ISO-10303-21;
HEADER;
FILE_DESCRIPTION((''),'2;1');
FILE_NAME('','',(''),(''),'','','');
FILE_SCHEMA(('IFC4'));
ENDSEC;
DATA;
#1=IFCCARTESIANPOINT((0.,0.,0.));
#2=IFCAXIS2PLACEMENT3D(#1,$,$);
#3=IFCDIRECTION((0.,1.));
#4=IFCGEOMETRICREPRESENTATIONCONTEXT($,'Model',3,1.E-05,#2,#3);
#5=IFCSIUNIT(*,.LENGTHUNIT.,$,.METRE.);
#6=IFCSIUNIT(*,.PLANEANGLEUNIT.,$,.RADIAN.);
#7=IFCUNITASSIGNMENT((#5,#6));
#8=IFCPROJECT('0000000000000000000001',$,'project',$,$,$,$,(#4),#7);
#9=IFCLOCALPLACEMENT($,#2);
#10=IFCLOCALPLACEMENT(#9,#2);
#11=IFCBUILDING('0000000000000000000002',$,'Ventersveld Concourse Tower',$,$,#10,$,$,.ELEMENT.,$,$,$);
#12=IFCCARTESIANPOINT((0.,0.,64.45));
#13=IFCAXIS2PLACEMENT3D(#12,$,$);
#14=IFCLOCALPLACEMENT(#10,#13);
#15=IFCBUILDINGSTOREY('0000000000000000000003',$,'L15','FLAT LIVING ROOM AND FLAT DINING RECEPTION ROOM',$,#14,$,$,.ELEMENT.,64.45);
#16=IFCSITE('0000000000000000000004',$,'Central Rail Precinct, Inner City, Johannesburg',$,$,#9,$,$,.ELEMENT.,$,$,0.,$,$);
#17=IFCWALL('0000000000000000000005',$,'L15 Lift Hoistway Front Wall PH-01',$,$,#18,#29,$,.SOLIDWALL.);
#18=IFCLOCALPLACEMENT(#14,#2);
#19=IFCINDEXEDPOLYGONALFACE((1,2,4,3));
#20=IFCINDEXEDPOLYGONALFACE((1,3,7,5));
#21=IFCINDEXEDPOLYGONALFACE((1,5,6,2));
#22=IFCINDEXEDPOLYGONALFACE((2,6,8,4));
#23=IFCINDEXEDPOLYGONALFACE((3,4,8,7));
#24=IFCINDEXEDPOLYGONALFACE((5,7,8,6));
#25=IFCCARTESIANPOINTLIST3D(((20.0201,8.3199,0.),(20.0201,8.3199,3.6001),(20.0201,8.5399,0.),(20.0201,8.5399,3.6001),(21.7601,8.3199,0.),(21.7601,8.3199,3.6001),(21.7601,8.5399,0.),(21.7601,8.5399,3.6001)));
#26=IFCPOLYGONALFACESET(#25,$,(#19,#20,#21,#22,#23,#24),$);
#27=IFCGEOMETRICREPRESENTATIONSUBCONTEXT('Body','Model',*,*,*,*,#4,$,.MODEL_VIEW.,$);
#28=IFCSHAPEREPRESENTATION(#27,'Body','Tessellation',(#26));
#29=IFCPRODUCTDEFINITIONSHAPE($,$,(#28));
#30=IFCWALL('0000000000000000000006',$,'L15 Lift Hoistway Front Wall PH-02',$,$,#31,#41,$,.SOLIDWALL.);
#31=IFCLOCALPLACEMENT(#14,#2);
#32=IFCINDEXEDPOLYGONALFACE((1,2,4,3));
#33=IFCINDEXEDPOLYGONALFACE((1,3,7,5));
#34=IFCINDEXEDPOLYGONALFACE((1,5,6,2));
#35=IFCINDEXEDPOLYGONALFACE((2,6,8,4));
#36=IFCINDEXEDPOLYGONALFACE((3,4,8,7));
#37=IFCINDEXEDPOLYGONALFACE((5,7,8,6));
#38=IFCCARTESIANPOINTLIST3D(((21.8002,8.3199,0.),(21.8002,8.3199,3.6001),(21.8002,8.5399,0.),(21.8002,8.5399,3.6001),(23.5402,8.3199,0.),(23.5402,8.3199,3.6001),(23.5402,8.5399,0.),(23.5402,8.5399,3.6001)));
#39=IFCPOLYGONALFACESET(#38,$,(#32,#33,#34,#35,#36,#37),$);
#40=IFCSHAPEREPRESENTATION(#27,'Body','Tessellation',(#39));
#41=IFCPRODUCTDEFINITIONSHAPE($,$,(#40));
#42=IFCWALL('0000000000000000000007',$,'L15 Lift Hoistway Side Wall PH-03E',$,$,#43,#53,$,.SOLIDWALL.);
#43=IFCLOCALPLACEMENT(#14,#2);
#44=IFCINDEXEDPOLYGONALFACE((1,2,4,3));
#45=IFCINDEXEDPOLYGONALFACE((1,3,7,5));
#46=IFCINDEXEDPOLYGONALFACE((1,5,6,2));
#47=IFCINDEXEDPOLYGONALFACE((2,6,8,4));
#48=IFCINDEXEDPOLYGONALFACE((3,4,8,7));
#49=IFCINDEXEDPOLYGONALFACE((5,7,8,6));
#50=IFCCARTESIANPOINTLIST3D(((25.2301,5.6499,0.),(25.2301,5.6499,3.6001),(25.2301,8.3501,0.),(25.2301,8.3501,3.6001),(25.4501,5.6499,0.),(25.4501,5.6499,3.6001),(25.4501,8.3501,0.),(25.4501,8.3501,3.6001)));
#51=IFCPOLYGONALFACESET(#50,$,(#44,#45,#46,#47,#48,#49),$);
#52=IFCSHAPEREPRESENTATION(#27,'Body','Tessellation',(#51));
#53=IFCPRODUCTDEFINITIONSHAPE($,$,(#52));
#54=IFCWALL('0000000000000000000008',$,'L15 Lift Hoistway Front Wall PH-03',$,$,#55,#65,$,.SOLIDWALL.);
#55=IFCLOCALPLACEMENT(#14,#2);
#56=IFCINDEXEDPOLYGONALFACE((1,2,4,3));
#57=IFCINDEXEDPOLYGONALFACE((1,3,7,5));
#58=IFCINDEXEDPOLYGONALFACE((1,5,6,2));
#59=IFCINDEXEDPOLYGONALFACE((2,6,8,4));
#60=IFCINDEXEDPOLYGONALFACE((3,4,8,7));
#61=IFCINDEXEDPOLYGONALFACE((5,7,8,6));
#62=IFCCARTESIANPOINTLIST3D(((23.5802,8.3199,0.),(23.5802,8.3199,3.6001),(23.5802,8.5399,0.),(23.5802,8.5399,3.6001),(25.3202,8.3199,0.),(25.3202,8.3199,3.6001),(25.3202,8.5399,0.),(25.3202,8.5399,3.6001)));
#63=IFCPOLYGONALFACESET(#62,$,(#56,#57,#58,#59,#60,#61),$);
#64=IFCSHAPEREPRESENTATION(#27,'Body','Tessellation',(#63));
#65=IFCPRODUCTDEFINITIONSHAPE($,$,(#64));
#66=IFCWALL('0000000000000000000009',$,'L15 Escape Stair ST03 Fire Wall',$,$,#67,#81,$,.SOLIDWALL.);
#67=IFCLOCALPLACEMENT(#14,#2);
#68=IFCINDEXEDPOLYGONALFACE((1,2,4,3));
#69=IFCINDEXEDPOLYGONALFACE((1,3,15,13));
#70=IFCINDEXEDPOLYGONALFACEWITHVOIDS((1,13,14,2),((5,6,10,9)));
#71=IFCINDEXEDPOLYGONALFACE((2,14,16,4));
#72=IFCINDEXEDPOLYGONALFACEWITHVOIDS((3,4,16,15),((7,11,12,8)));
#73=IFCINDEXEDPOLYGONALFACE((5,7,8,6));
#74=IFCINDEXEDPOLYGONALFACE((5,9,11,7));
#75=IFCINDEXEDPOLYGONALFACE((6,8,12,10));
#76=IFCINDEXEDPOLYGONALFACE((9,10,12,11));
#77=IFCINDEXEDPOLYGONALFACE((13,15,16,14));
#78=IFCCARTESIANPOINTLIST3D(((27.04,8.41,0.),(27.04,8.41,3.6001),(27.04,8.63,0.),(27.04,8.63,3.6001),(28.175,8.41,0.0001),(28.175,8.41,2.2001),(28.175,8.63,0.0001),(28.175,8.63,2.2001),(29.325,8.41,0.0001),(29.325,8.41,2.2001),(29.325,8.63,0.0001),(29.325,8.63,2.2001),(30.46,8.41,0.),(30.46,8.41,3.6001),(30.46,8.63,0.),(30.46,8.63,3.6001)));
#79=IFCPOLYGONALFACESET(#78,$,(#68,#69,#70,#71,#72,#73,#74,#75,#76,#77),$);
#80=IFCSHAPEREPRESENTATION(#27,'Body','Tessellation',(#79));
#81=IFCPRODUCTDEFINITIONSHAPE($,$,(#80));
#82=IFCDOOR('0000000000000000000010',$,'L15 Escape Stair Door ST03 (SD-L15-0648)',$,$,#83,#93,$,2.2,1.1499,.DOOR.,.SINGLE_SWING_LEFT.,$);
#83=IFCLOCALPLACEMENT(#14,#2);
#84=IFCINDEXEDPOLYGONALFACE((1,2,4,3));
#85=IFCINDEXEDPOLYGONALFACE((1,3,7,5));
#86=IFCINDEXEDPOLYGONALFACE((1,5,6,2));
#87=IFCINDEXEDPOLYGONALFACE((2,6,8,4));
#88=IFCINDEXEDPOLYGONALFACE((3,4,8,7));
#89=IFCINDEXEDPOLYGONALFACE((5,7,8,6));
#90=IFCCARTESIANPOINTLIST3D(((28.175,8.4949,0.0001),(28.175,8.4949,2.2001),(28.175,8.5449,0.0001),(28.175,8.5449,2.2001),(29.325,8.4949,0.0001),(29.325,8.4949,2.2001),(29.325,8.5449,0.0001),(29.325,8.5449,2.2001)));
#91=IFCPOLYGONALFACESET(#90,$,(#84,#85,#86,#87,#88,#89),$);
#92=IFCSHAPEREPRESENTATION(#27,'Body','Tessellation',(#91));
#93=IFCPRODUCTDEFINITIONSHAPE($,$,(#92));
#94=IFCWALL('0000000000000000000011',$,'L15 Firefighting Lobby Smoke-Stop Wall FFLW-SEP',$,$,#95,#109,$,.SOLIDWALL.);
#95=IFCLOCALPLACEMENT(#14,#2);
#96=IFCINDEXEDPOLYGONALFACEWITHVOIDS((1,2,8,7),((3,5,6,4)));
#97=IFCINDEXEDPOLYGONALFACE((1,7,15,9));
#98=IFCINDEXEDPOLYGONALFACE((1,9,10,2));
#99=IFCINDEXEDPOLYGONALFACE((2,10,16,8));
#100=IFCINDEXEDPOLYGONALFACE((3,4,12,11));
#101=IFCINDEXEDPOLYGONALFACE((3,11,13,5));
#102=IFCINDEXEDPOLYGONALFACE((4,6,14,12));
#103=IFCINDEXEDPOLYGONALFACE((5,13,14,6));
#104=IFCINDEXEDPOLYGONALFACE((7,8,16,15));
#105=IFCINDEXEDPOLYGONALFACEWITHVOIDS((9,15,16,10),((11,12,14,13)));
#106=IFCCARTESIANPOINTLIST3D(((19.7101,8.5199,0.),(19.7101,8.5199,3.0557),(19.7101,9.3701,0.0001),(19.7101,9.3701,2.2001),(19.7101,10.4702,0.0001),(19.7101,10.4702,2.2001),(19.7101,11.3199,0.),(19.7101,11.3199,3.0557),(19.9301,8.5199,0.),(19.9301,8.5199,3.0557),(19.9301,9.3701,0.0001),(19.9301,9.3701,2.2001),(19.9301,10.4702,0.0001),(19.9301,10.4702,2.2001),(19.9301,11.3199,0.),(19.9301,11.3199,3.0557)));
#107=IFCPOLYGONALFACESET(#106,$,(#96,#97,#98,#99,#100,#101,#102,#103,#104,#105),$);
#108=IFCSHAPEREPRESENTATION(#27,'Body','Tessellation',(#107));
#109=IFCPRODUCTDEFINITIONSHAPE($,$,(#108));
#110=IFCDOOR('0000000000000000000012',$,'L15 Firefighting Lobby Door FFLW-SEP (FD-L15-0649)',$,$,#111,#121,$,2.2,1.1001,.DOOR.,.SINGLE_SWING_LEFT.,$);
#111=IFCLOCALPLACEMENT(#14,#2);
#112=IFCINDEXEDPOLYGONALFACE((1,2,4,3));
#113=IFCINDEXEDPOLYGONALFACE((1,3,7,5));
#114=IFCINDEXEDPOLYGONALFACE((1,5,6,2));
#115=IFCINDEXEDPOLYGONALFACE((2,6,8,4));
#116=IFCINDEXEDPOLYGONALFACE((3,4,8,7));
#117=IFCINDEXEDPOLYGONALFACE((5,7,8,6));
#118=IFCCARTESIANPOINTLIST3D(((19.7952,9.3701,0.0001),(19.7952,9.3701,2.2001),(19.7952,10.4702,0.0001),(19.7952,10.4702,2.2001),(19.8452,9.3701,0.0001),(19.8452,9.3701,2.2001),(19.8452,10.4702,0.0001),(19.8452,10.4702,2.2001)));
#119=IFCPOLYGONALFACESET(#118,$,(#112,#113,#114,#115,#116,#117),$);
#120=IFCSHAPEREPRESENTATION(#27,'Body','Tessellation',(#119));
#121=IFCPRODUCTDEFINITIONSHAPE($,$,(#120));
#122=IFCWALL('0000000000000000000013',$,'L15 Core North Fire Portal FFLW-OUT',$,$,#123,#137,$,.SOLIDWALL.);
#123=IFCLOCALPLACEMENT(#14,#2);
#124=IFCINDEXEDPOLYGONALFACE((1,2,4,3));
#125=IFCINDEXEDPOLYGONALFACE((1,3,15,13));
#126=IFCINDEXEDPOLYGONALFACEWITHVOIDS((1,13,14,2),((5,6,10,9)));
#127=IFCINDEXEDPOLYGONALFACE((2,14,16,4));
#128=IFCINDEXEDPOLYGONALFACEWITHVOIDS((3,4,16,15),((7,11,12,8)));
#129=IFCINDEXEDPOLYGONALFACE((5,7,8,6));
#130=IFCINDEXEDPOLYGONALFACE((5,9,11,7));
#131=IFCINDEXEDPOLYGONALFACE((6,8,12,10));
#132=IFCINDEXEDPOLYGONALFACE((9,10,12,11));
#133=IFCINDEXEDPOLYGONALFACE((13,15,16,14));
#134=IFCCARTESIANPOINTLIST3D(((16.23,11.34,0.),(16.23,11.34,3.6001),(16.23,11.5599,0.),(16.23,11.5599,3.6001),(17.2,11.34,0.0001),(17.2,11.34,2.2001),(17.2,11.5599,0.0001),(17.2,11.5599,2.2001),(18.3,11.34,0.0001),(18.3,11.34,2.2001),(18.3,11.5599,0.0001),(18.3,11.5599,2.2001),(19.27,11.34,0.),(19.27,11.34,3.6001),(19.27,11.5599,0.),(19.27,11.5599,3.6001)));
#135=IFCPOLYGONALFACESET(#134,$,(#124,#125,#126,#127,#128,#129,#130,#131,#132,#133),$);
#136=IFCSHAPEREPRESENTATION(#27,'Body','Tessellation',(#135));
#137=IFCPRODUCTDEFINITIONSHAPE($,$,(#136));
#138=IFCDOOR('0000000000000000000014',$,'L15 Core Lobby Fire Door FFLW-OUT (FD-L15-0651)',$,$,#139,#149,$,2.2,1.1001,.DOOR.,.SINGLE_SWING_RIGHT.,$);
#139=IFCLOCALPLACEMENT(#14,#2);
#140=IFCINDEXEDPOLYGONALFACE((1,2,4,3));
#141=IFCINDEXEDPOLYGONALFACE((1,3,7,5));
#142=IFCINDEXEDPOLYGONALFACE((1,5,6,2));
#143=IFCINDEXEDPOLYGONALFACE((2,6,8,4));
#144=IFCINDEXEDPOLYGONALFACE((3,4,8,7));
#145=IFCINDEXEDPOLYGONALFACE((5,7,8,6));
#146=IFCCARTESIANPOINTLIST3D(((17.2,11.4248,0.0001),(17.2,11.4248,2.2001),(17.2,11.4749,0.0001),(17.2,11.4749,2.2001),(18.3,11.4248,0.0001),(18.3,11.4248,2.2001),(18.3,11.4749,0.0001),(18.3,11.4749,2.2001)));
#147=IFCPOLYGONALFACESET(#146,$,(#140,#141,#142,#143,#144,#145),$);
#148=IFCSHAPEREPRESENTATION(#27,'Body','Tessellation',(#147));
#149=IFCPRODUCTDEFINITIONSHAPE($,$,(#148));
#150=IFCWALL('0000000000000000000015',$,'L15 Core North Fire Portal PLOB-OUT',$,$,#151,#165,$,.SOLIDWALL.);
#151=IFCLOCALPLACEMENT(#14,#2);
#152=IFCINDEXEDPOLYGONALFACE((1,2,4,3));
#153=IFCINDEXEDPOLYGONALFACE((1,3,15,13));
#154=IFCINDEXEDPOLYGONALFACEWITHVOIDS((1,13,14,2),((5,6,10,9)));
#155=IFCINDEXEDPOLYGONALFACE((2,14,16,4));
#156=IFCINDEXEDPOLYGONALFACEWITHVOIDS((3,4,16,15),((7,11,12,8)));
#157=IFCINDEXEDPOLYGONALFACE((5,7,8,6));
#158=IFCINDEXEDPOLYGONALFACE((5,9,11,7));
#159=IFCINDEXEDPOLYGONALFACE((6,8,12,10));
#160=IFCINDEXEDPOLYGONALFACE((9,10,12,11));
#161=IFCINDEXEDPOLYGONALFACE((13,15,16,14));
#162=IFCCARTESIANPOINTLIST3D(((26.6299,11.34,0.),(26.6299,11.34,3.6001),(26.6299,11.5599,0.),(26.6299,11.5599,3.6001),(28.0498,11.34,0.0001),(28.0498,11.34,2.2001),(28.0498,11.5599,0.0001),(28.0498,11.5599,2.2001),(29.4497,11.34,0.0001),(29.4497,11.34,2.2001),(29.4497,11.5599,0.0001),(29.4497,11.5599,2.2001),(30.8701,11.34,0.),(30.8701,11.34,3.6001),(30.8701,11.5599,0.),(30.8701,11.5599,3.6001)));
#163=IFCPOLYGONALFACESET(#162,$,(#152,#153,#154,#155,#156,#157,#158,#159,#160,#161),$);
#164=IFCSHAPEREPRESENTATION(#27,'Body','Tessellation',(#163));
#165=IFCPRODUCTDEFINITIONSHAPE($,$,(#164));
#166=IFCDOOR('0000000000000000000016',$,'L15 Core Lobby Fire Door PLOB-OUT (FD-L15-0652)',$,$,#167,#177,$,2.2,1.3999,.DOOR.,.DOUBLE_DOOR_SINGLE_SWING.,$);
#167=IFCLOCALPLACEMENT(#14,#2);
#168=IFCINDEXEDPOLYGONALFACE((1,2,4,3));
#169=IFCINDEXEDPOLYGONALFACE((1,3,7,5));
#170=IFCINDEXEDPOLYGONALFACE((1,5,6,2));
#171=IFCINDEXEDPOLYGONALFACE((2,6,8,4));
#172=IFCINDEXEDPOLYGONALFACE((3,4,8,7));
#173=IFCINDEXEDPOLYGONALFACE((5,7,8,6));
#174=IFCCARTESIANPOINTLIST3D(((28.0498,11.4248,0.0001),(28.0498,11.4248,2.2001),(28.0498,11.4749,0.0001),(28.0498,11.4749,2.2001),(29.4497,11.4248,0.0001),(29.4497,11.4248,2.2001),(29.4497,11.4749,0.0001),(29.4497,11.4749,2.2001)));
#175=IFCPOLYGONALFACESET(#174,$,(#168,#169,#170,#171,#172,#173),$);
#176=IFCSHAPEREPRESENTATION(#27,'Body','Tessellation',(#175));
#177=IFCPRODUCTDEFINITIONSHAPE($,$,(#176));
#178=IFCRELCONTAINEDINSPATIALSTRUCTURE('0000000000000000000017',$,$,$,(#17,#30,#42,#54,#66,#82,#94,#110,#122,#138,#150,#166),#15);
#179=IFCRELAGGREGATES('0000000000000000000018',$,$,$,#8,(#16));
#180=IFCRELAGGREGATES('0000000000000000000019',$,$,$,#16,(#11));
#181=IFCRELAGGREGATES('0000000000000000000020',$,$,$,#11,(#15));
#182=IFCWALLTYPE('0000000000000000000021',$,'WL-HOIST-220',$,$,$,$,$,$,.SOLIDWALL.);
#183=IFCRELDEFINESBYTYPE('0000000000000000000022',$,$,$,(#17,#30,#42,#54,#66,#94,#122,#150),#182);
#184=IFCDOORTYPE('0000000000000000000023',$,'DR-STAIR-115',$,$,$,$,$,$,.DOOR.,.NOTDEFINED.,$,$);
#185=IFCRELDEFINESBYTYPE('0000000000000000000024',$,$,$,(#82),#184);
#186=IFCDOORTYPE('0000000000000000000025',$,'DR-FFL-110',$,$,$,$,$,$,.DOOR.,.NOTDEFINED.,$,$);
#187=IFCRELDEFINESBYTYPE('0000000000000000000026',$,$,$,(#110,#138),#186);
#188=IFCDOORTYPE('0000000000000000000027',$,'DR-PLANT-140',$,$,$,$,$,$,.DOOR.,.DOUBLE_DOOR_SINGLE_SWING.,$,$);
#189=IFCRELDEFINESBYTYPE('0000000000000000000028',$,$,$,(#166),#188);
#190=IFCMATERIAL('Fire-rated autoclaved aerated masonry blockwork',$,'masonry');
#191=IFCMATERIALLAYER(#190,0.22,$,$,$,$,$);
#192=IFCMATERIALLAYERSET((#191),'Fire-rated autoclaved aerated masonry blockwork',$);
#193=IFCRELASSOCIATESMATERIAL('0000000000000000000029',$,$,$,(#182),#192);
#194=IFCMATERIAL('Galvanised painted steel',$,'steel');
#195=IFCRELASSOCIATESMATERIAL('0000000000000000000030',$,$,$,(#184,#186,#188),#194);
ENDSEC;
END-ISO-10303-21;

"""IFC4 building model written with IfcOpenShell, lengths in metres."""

from ifc_helpers import new_model, si_unit, direction, frame, frame_2d, origin, place, context, subcontext, project, spatial, rectangle, extrude, material, layer, layer_set, type_object, element, fill, save


model = new_model("IFC4")

# Units and contexts
model_context = context("Model", 3, precision=1e-05, world=origin(), true_north=direction((0.0, 1.0)))
body_context = subcontext(model_context, "Body", "Model", "MODEL_VIEW")
ifc_project = project(units=[si_unit("LENGTHUNIT", "METRE"), si_unit("PLANEANGLEUNIT", "RADIAN")], contexts=[model_context])

# Site, building, storey
site_placement = place(None, origin())
site = spatial("IfcSite", under=ifc_project, at=site_placement, Name="Central Rail Precinct, Inner City, Johannesburg", CompositionType="ELEMENT", RefElevation=0.0)
building_placement = place(site_placement, origin())
building = spatial("IfcBuilding", under=site, at=building_placement, Name="Ventersveld Concourse Tower", CompositionType="ELEMENT")
storey_placement = place(building_placement, frame((0.0, 0.0, 64.45)))
storey = spatial("IfcBuildingStorey", under=building, at=storey_placement, Name="L15", Description="FLAT LIVING ROOM AND FLAT DINING RECEPTION ROOM", CompositionType="ELEMENT", Elevation=64.45)

# Shared definitions
ifc_material_1 = material(Name="Fire-rated autoclaved aerated masonry blockwork", Category="masonry")

# Shared definitions
ifc_layer_1 = layer(ifc_material_1, 0.22)
ifc_layer_set_1 = layer_set([ifc_layer_1], Name="Fire-rated autoclaved aerated masonry blockwork")
wall_type_1 = type_object("IfcWallType", Name="WL-HOIST-220", PredefinedType="SOLIDWALL", material=ifc_layer_set_1)

# Walls
for number, where, z_axis, x_axis, name in (
    (1, (20.02, 8.4299, 0.0), (0.0, 0.0, 1.0), (1.0, 0.0, 0.0), "L15 Lift Hoistway Front Wall PH-01"),
    (2, (21.8, 8.4299, 0.0), (0.0, 0.0, 1.0), (1.0, 0.0, 0.0), "L15 Lift Hoistway Front Wall PH-02"),
):
    element("IfcWall", number, at=place(storey_placement, frame(where, z_axis=z_axis, x_axis=x_axis)), inside=storey, type_object=wall_type_1, Name=name, PredefinedType="SOLIDWALL", context=body_context, shape_type="SweptSolid", body=[
        extrude(rectangle(XDim=1.74, YDim=0.22, at=frame_2d((0.8701, 0.0))), origin(), (0.0, 0.0, 1.0), 3.6001),
    ])
wall_1_placement = place(storey_placement, frame((25.3401, 5.6499, 0.0), z_axis=(0.0, 0.0, 1.0), x_axis=(0.0, 1.0, 0.0)))
element("IfcWall", 3, at=wall_1_placement, inside=storey, type_object=wall_type_1, Name="L15 Lift Hoistway Side Wall PH-03E", PredefinedType="SOLIDWALL", context=body_context, shape_type="SweptSolid", body=[
    extrude(rectangle(XDim=2.7002, YDim=0.22, at=frame_2d((1.3501, 0.0))), origin(), (0.0, 0.0, 1.0), 3.6001),
])
wall_2_placement = place(storey_placement, frame((23.5801, 8.4299, 0.0), z_axis=(0.0, 0.0, 1.0), x_axis=(1.0, 0.0, 0.0)))
element("IfcWall", 4, at=wall_2_placement, inside=storey, type_object=wall_type_1, Name="L15 Lift Hoistway Front Wall PH-03", PredefinedType="SOLIDWALL", context=body_context, shape_type="SweptSolid", body=[
    extrude(rectangle(XDim=1.74, YDim=0.22, at=frame_2d((0.8701, 0.0))), origin(), (0.0, 0.0, 1.0), 3.6001),
])

# Walls, openings, doors
wall_3_placement = place(storey_placement, frame((27.04, 8.52, 0.0), z_axis=(0.0, 0.0, 1.0), x_axis=(1.0, 0.0, 0.0)))
wall_3 = element("IfcWall", 5, at=wall_3_placement, inside=storey, type_object=wall_type_1, Name="L15 Escape Stair ST03 Fire Wall", PredefinedType="SOLIDWALL", context=body_context, shape_type="SweptSolid", body=[
    extrude(rectangle(XDim=3.4199, YDim=0.22, at=frame_2d((1.71, 0.0))), origin(), (0.0, 0.0, 1.0), 3.6001),
])
opening_1_placement = place(wall_3_placement, frame((1.135, 0.0, 0.0)))
opening_1 = element("IfcOpeningElement", 6, at=opening_1_placement, cuts=wall_3, PredefinedType="OPENING", context=body_context, shape_type="SweptSolid", body=[
    extrude(rectangle(XDim=1.1499, YDim=2.2, at=frame_2d((0.575, 1.1001))), frame((0.0, 0.1201, 0.0), z_axis=(0.0, -1.0, 0.0), x_axis=(1.0, 0.0, 0.0)), (0.0, 0.0, 1.0), 0.24),
])
ifc_material_2 = material(Name="Galvanised painted steel", Category="steel")
door_type_1 = type_object("IfcDoorType", Name="DR-STAIR-115", OperationType="NOTDEFINED", PredefinedType="DOOR", material=ifc_material_2)
door_1_placement = place(opening_1_placement, origin())
door_1 = element("IfcDoor", 7, at=door_1_placement, inside=storey, type_object=door_type_1, Name="L15 Escape Stair Door ST03 (SD-L15-0648)", OperationType="SINGLE_SWING_LEFT", OverallHeight=2.2, OverallWidth=1.1499, PredefinedType="DOOR", context=body_context, shape_type="SweptSolid", body=[
    extrude(rectangle(XDim=1.1499, YDim=2.2, at=frame_2d((0.575, 1.1001))), frame((0.0, 0.0249, 0.0), z_axis=(0.0, -1.0, 0.0), x_axis=(1.0, 0.0, 0.0)), (0.0, 0.0, 1.0), 0.05),
])
fill(opening_1, door_1)
wall_4_placement = place(storey_placement, frame((19.8201, 8.52, 0.0), z_axis=(0.0, 0.0, 1.0), x_axis=(0.0, 1.0, 0.0)))
wall_4 = element("IfcWall", 8, at=wall_4_placement, inside=storey, type_object=wall_type_1, Name="L15 Firefighting Lobby Smoke-Stop Wall FFLW-SEP", PredefinedType="SOLIDWALL", context=body_context, shape_type="SweptSolid", body=[
    extrude(rectangle(XDim=2.8, YDim=0.22, at=frame_2d((1.3999, 0.0))), origin(), (0.0, 0.0, 1.0), 3.0557),
])
opening_2_placement = place(wall_4_placement, frame((0.8501, 0.0, 0.0)))
opening_2 = element("IfcOpeningElement", 9, at=opening_2_placement, cuts=wall_4, PredefinedType="OPENING", context=body_context, shape_type="SweptSolid", body=[
    extrude(rectangle(XDim=1.1001, YDim=2.2, at=frame_2d((0.55, 1.1001))), frame((0.0, 0.1201, 0.0), z_axis=(0.0, -1.0, 0.0), x_axis=(1.0, 0.0, 0.0)), (0.0, 0.0, 1.0), 0.24),
])
door_type_2 = type_object("IfcDoorType", Name="DR-FFL-110", OperationType="NOTDEFINED", PredefinedType="DOOR", material=ifc_material_2)
door_2_placement = place(opening_2_placement, origin())
door_2 = element("IfcDoor", 10, at=door_2_placement, inside=storey, type_object=door_type_2, Name="L15 Firefighting Lobby Door FFLW-SEP (FD-L15-0649)", OperationType="SINGLE_SWING_LEFT", OverallHeight=2.2, OverallWidth=1.1001, PredefinedType="DOOR", context=body_context, shape_type="SweptSolid", body=[
    extrude(rectangle(XDim=1.1001, YDim=2.2, at=frame_2d((0.55, 1.1001))), frame((0.0, 0.0249, 0.0), z_axis=(0.0, -1.0, 0.0), x_axis=(1.0, 0.0, 0.0)), (0.0, 0.0, 1.0), 0.05),
])
fill(opening_2, door_2)
wall_5_placement = place(storey_placement, frame((16.23, 11.45, 0.0), z_axis=(0.0, 0.0, 1.0), x_axis=(1.0, 0.0, 0.0)))
wall_5 = element("IfcWall", 11, at=wall_5_placement, inside=storey, type_object=wall_type_1, Name="L15 Core North Fire Portal FFLW-OUT", PredefinedType="SOLIDWALL", context=body_context, shape_type="SweptSolid", body=[
    extrude(rectangle(XDim=3.04, YDim=0.22, at=frame_2d((1.52, 0.0))), origin(), (0.0, 0.0, 1.0), 3.6001),
])
opening_3_placement = place(wall_5_placement, frame((0.97, 0.0, 0.0)))
opening_3 = element("IfcOpeningElement", 12, at=opening_3_placement, cuts=wall_5, PredefinedType="OPENING", context=body_context, shape_type="SweptSolid", body=[
    extrude(rectangle(XDim=1.1001, YDim=2.2, at=frame_2d((0.55, 1.1001))), frame((0.0, 0.1201, 0.0), z_axis=(0.0, -1.0, 0.0), x_axis=(1.0, 0.0, 0.0)), (0.0, 0.0, 1.0), 0.24),
])
door_3_placement = place(opening_3_placement, origin())
door_3 = element("IfcDoor", 13, at=door_3_placement, inside=storey, type_object=door_type_2, Name="L15 Core Lobby Fire Door FFLW-OUT (FD-L15-0651)", OperationType="SINGLE_SWING_RIGHT", OverallHeight=2.2, OverallWidth=1.1001, PredefinedType="DOOR", context=body_context, shape_type="SweptSolid", body=[
    extrude(rectangle(XDim=1.1001, YDim=2.2, at=frame_2d((0.55, 1.1001))), frame((0.0, 0.0249, 0.0), z_axis=(0.0, -1.0, 0.0), x_axis=(1.0, 0.0, 0.0)), (0.0, 0.0, 1.0), 0.05),
])
fill(opening_3, door_3)
wall_6_placement = place(storey_placement, frame((26.6299, 11.45, 0.0), z_axis=(0.0, 0.0, 1.0), x_axis=(1.0, 0.0, 0.0)))
wall_6 = element("IfcWall", 14, at=wall_6_placement, inside=storey, type_object=wall_type_1, Name="L15 Core North Fire Portal PLOB-OUT", PredefinedType="SOLIDWALL", context=body_context, shape_type="SweptSolid", body=[
    extrude(rectangle(XDim=4.2402, YDim=0.22, at=frame_2d((2.1201, 0.0))), origin(), (0.0, 0.0, 1.0), 3.6001),
])
opening_4_placement = place(wall_6_placement, frame((1.4199, 0.0, 0.0)))
opening_4 = element("IfcOpeningElement", 15, at=opening_4_placement, cuts=wall_6, PredefinedType="OPENING", context=body_context, shape_type="SweptSolid", body=[
    extrude(rectangle(XDim=1.3999, YDim=2.2, at=frame_2d((0.7, 1.1001))), frame((0.0, 0.1201, 0.0), z_axis=(0.0, -1.0, 0.0), x_axis=(1.0, 0.0, 0.0)), (0.0, 0.0, 1.0), 0.24),
])
door_type_3 = type_object("IfcDoorType", Name="DR-PLANT-140", OperationType="DOUBLE_DOOR_SINGLE_SWING", PredefinedType="DOOR", material=ifc_material_2)
door_4_placement = place(opening_4_placement, origin())
door_4 = element("IfcDoor", 16, at=door_4_placement, inside=storey, type_object=door_type_3, Name="L15 Core Lobby Fire Door PLOB-OUT (FD-L15-0652)", OperationType="DOUBLE_DOOR_SINGLE_SWING", OverallHeight=2.2, OverallWidth=1.3999, PredefinedType="DOOR", context=body_context, shape_type="SweptSolid", body=[
    extrude(rectangle(XDim=1.3999, YDim=2.2, at=frame_2d((0.7, 1.1001))), frame((0.0, 0.0249, 0.0), z_axis=(0.0, -1.0, 0.0), x_axis=(1.0, 0.0, 0.0)), (0.0, 0.0, 1.0), 0.05),
])
fill(opening_4, door_4)

save(model, "model.ifc")
